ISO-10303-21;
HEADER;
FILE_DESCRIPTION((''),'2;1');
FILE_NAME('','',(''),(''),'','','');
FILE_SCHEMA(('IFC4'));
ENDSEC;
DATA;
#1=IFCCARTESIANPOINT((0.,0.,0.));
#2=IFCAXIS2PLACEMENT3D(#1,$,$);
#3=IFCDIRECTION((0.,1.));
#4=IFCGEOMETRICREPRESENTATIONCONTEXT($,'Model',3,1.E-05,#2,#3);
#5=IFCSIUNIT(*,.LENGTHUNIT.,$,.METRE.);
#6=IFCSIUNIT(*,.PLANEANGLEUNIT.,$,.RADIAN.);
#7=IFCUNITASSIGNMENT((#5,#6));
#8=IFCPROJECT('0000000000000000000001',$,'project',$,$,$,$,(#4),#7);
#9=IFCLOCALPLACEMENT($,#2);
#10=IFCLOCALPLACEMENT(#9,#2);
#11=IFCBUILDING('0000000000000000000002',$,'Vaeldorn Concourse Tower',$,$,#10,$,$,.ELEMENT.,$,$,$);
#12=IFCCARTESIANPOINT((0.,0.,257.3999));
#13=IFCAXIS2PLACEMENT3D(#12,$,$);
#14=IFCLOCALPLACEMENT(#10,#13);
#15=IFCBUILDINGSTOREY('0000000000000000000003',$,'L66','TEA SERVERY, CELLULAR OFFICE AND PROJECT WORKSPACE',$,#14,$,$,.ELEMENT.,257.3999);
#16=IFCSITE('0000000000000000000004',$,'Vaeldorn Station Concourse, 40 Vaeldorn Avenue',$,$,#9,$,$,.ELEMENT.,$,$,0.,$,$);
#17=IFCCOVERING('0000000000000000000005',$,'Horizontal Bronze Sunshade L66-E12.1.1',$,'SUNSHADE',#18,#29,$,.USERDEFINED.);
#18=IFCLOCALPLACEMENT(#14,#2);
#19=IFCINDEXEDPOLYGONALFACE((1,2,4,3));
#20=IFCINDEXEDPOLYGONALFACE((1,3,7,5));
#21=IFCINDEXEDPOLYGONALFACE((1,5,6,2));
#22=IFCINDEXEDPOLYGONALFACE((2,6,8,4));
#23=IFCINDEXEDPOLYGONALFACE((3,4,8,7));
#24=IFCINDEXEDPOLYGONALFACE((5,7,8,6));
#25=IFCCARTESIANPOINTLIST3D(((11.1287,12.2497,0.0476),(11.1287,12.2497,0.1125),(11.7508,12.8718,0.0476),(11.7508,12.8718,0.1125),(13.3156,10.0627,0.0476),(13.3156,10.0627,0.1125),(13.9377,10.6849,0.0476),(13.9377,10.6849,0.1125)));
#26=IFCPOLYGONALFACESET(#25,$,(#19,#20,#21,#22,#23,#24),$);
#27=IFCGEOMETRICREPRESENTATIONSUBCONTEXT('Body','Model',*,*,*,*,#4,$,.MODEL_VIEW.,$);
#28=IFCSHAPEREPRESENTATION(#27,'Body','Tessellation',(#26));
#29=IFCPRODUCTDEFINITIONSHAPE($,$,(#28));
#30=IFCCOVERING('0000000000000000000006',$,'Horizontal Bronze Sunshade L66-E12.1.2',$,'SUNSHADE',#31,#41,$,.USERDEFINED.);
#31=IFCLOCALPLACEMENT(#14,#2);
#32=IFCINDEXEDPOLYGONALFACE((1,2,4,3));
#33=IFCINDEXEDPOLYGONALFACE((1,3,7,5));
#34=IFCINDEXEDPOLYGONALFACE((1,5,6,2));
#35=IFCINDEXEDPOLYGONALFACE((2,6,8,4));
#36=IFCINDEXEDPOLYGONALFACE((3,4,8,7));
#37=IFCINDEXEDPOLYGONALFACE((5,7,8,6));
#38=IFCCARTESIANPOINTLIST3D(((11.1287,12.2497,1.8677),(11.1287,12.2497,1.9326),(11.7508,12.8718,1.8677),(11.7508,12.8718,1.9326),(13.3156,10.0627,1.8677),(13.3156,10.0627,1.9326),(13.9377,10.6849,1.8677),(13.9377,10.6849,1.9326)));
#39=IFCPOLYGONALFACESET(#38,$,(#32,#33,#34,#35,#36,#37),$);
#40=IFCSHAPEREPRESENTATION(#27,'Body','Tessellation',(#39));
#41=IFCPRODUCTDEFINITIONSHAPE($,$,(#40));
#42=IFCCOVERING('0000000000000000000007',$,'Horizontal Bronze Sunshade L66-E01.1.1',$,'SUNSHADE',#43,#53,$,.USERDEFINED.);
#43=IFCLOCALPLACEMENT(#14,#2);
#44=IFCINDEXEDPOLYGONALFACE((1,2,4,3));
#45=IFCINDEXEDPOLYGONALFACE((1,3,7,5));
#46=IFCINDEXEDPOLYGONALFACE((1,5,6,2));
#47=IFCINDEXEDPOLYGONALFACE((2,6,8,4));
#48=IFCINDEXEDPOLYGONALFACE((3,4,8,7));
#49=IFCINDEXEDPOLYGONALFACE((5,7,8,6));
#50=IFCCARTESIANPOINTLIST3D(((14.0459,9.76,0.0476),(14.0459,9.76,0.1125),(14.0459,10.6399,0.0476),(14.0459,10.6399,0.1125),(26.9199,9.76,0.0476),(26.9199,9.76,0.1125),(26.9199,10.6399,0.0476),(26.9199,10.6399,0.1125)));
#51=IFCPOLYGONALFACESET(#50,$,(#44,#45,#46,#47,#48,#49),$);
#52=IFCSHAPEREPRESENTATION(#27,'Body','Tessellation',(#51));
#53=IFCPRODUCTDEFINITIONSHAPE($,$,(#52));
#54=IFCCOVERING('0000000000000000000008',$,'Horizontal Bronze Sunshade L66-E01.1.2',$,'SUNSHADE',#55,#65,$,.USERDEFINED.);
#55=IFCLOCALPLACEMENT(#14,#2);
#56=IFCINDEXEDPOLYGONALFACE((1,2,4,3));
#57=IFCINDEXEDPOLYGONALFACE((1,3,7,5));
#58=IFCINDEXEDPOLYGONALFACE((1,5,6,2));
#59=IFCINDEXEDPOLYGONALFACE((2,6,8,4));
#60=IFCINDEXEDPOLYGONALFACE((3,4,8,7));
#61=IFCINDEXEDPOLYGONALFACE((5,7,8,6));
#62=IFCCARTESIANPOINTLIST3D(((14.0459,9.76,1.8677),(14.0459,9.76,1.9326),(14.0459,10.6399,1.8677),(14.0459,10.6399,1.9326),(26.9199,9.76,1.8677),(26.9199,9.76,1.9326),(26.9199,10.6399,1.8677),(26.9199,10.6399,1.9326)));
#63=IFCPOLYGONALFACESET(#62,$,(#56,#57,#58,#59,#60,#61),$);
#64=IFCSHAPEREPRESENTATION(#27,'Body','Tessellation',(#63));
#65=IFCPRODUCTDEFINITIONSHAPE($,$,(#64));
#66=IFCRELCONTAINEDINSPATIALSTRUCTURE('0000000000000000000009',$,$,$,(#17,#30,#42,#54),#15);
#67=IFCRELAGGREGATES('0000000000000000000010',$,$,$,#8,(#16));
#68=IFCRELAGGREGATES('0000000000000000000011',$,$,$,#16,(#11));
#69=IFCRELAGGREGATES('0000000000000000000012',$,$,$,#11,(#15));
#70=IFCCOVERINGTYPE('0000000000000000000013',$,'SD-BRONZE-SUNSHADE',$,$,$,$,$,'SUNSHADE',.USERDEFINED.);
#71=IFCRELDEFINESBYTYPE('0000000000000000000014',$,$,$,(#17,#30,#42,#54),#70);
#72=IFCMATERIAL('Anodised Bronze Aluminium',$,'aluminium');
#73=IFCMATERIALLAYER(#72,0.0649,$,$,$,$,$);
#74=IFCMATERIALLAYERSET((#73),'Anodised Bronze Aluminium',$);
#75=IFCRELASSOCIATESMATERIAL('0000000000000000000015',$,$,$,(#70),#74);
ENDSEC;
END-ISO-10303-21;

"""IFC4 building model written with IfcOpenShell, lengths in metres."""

from ifc_helpers import new_model, si_unit, direction, frame, origin, origin_2d, place, context, subcontext, project, spatial, rectangle, extrude, source, transform, mapped, material, layer, layer_set, type_object, element, save


model = new_model("IFC4")

# Units and contexts
model_context = context("Model", 3, precision=1e-05, world=origin(), true_north=direction((0.0, 1.0)))
body_context = subcontext(model_context, "Body", "Model", "MODEL_VIEW")
ifc_project = project(units=[si_unit("LENGTHUNIT", "METRE"), si_unit("PLANEANGLEUNIT", "RADIAN")], contexts=[model_context])

# Site, building, storey
site_placement = place(None, origin())
site = spatial("IfcSite", under=ifc_project, at=site_placement, Name="Vaeldorn Station Concourse, 40 Vaeldorn Avenue", CompositionType="ELEMENT", RefElevation=0.0)
building_placement = place(site_placement, origin())
building = spatial("IfcBuilding", under=site, at=building_placement, Name="Vaeldorn Concourse Tower", CompositionType="ELEMENT")
storey_placement = place(building_placement, frame((0.0, 0.0, 257.3999)))
storey = spatial("IfcBuildingStorey", under=building, at=storey_placement, Name="L66", Description="TEA SERVERY, CELLULAR OFFICE AND PROJECT WORKSPACE", CompositionType="ELEMENT", Elevation=257.3999)

# Shared definitions
ifc_material_1 = material(Name="Anodised Bronze Aluminium", Category="aluminium")

# Coverings
ifc_layer_1 = layer(ifc_material_1, 0.0649)
ifc_layer_set_1 = layer_set([ifc_layer_1], Name="Anodised Bronze Aluminium")
covering_type = type_object("IfcCoveringType", Name="SD-BRONZE-SUNSHADE", ElementType="SUNSHADE", PredefinedType="USERDEFINED", material=ifc_layer_set_1)
shared_shape_1 = source(origin(), body_context, "Body", "SweptSolid", [
    extrude(rectangle(XDim=3.0928, YDim=0.8799, at=origin_2d()), origin(), (0.0, 0.0, 1.0), 0.0649),
])
for number, where, z_axis, x_axis, name in (
    (1, (12.5332, 11.4673, 0.0476), (0.0, 0.0, 1.0), (0.707107, -0.707107, 0.0), "Horizontal Bronze Sunshade L66-E12.1.1"),
    (2, (12.5332, 11.4673, 1.8677), (0.0, 0.0, 1.0), (0.707107, -0.707107, 0.0), "Horizontal Bronze Sunshade L66-E12.1.2"),
):
    element("IfcCovering", number, at=place(storey_placement, frame(where, z_axis=z_axis, x_axis=x_axis)), inside=storey, type_object=covering_type, Name=name, ObjectType="SUNSHADE", PredefinedType="USERDEFINED", context=body_context, shape_type="MappedRepresentation", body=[
        mapped(shared_shape_1, transform((0.0, 0.0, 0.0), scale=1.0)),
    ])
shared_shape_2 = source(origin(), body_context, "Body", "SweptSolid", [
    extrude(rectangle(XDim=12.874, YDim=0.8799, at=origin_2d()), origin(), (0.0, 0.0, 1.0), 0.0649),
])
for number, where, z_axis, x_axis, name in (
    (3, (20.4829, 10.2, 0.0476), (0.0, 0.0, 1.0), (1.0, 0.0, 0.0), "Horizontal Bronze Sunshade L66-E01.1.1"),
    (4, (20.4829, 10.2, 1.8677), (0.0, 0.0, 1.0), (1.0, 0.0, 0.0), "Horizontal Bronze Sunshade L66-E01.1.2"),
):
    element("IfcCovering", number, at=place(storey_placement, frame(where, z_axis=z_axis, x_axis=x_axis)), inside=storey, type_object=covering_type, Name=name, ObjectType="SUNSHADE", PredefinedType="USERDEFINED", context=body_context, shape_type="MappedRepresentation", body=[
        mapped(shared_shape_2, transform((0.0, 0.0, 0.0), scale=1.0)),
    ])

save(model, "model.ifc")
